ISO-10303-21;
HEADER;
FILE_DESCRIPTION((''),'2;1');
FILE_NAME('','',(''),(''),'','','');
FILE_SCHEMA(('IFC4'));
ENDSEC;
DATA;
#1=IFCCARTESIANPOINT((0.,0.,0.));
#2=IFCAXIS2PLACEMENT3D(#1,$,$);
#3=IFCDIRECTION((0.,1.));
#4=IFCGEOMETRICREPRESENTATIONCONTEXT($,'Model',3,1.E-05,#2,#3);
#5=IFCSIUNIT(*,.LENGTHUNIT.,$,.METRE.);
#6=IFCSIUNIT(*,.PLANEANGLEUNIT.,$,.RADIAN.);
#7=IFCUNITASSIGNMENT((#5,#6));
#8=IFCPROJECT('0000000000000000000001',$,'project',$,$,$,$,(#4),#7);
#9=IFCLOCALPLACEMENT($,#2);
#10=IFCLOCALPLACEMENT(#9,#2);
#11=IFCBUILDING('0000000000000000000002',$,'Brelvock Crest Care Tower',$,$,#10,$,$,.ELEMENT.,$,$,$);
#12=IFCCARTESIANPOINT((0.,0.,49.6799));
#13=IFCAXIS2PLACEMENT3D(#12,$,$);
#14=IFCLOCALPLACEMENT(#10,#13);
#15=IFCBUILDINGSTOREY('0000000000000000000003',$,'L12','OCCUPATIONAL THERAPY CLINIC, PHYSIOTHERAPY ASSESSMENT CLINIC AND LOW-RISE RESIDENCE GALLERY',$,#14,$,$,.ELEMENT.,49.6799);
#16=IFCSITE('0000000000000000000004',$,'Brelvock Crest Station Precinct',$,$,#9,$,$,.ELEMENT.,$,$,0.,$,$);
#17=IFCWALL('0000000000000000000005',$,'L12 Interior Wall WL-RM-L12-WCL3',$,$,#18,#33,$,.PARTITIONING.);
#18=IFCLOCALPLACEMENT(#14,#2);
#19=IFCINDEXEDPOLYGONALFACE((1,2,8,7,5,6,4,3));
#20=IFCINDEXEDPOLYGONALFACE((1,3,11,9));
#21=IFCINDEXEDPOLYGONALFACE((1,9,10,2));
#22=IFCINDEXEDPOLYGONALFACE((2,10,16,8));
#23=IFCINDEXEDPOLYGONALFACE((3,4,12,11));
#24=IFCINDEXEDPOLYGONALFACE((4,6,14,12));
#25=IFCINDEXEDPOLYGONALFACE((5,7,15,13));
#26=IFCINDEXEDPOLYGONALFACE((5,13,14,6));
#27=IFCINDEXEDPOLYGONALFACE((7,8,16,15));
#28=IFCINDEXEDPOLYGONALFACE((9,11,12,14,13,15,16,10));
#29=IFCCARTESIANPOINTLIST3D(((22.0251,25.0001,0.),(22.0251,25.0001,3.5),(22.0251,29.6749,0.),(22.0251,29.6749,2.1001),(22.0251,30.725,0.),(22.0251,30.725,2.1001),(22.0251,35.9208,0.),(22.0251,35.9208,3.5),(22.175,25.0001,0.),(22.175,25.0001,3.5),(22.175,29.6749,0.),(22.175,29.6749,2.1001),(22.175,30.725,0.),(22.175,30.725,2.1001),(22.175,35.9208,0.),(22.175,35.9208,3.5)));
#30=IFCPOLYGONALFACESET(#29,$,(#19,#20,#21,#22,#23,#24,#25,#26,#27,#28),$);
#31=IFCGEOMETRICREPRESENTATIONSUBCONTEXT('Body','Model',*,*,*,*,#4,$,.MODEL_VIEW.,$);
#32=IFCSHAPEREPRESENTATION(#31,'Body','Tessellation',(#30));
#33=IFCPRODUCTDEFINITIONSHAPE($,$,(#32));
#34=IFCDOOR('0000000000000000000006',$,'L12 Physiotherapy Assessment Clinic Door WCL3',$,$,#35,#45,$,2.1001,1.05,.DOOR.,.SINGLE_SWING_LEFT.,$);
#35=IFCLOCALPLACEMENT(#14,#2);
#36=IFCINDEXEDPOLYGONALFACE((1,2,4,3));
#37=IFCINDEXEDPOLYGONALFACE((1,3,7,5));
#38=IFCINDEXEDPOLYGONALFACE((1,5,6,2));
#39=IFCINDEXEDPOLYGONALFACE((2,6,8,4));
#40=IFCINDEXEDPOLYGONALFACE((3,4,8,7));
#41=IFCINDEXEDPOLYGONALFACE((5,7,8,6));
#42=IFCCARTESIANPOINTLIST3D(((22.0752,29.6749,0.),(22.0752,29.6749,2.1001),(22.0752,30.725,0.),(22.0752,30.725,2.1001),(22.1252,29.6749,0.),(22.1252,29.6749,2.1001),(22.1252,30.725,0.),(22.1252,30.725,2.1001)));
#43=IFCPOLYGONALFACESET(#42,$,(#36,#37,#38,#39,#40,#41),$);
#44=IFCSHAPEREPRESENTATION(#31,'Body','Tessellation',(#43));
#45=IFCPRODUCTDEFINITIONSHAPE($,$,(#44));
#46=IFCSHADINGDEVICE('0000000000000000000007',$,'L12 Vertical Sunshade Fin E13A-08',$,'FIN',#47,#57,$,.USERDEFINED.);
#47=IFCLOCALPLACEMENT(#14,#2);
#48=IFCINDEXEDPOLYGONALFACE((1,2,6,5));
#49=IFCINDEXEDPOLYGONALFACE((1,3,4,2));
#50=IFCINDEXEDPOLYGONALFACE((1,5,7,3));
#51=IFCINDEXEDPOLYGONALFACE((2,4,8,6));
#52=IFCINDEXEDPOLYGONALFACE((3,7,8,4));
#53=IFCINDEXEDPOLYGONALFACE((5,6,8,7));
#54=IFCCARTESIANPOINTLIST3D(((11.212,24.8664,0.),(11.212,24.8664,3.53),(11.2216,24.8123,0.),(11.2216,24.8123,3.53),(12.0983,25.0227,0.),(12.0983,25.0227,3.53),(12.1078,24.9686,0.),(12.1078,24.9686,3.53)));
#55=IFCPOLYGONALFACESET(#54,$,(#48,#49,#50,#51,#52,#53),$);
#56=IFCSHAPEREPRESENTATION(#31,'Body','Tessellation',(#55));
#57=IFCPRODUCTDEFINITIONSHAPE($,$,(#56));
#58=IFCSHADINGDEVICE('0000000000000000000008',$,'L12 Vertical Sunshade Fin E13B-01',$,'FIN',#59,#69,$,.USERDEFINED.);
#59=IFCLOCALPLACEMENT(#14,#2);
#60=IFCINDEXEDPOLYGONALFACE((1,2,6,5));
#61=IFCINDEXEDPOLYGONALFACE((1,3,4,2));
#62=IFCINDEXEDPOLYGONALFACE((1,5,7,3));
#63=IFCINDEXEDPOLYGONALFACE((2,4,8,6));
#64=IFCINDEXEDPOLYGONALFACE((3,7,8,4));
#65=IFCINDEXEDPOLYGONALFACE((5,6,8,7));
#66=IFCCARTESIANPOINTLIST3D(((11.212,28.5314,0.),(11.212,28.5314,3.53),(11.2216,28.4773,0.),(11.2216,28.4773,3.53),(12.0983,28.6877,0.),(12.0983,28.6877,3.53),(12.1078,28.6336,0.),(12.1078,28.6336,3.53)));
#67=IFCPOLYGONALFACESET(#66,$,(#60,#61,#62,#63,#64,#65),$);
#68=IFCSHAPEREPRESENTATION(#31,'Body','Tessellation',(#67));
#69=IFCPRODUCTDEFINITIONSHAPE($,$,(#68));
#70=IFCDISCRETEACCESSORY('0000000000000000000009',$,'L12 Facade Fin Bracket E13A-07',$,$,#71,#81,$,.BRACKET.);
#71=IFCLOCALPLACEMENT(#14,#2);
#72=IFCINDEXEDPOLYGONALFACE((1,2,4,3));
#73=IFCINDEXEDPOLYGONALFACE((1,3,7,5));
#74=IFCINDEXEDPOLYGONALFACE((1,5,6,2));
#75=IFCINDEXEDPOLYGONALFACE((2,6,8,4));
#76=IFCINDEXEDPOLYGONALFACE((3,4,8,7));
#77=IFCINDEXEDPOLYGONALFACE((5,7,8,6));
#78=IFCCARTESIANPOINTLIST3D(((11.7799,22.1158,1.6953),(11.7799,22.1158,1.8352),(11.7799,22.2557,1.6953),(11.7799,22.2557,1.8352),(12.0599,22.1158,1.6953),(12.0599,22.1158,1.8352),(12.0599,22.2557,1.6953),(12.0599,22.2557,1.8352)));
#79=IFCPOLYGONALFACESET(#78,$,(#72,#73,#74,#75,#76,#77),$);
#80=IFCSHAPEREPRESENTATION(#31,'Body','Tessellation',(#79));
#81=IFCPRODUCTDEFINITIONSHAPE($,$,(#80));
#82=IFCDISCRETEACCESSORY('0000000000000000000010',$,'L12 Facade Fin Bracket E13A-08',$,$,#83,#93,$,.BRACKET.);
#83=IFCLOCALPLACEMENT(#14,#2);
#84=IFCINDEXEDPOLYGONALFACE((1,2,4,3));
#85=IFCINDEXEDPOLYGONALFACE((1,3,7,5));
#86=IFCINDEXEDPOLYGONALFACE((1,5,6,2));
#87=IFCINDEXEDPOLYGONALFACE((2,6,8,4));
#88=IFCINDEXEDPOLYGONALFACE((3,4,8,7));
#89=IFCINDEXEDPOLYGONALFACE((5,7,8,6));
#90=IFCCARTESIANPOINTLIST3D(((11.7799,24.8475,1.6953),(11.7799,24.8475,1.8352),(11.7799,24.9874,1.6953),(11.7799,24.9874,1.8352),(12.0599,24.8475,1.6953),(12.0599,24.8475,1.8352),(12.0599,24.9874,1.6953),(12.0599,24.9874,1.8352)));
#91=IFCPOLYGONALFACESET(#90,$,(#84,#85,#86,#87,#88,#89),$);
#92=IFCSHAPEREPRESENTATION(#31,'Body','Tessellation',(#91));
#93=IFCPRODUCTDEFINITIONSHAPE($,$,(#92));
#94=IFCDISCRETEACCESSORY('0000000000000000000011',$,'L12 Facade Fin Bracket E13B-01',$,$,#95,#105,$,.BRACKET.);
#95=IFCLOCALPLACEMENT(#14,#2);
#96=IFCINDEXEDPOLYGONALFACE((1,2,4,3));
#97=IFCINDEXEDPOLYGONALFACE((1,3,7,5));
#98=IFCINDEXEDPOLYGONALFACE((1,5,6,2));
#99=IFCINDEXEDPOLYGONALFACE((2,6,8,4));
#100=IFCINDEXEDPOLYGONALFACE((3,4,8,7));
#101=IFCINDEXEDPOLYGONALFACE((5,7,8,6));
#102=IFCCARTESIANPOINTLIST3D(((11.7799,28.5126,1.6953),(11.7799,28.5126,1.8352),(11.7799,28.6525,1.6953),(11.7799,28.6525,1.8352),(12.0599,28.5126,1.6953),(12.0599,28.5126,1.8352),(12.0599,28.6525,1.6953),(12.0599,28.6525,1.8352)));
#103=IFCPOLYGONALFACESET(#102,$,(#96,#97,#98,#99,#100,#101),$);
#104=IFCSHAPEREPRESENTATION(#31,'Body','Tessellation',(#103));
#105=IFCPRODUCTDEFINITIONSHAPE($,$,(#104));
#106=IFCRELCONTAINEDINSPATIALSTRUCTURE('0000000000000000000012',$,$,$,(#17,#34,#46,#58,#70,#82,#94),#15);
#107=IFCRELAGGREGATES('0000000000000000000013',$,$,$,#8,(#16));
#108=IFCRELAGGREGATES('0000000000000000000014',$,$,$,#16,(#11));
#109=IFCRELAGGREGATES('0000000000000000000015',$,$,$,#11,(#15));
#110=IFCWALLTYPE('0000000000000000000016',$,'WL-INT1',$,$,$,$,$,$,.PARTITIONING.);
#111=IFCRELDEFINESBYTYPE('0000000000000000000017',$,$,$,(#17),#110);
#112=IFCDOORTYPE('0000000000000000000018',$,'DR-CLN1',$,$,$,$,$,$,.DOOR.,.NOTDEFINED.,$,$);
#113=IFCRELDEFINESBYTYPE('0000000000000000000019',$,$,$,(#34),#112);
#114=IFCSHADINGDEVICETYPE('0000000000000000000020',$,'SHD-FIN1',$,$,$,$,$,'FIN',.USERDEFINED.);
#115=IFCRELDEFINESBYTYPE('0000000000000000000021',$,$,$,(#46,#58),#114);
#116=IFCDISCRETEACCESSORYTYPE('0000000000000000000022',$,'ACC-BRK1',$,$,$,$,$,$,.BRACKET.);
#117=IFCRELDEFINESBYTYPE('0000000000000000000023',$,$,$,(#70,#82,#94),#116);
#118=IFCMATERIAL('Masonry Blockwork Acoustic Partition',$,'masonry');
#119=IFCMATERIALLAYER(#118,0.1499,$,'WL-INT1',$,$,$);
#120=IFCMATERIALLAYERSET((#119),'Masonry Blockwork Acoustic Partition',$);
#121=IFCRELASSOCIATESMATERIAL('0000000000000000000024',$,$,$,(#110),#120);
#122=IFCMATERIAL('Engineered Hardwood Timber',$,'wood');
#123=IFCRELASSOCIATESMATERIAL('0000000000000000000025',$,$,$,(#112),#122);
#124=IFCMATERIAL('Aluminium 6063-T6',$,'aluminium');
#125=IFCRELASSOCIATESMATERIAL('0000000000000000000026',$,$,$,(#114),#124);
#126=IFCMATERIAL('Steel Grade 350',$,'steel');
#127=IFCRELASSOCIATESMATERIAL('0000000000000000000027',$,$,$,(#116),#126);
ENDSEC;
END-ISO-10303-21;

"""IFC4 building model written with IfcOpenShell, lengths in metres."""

from ifc_helpers import new_model, si_unit, direction, frame, frame_2d, origin, origin_2d, place, context, subcontext, project, spatial, rectangle, extrude, source, transform, mapped, material, layer, layer_set, material_profile, profile_set, type_object, element, fill, save


model = new_model("IFC4")

# Units and contexts
model_context = context("Model", 3, precision=1e-05, world=origin(), true_north=direction((0.0, 1.0)))
body_context = subcontext(model_context, "Body", "Model", "MODEL_VIEW")
ifc_project = project(units=[si_unit("LENGTHUNIT", "METRE"), si_unit("PLANEANGLEUNIT", "RADIAN")], contexts=[model_context])

# Site, building, storey
site_placement = place(None, origin())
site = spatial("IfcSite", under=ifc_project, at=site_placement, Name="Brelvock Crest Station Precinct", CompositionType="ELEMENT", RefElevation=0.0)
building_placement = place(site_placement, origin())
building = spatial("IfcBuilding", under=site, at=building_placement, Name="Brelvock Crest Care Tower", CompositionType="ELEMENT")
storey_placement = place(building_placement, frame((0.0, 0.0, 49.6799)))
storey = spatial("IfcBuildingStorey", under=building, at=storey_placement, Name="L12", Description="OCCUPATIONAL THERAPY CLINIC, PHYSIOTHERAPY ASSESSMENT CLINIC AND LOW-RISE RESIDENCE GALLERY", CompositionType="ELEMENT", Elevation=49.6799)

# Shared definitions
ifc_material_1 = material(Name="Steel Grade 350", Category="steel")

# Shared definitions
ifc_material_2 = material(Name="Aluminium 6063-T6", Category="aluminium")

# Shared definitions
ifc_material_3 = material(Name="Masonry Blockwork Acoustic Partition", Category="masonry")
ifc_layer_1 = layer(ifc_material_3, 0.1499, Name="WL-INT1")
ifc_layer_set_1 = layer_set([ifc_layer_1], Name="Masonry Blockwork Acoustic Partition")
wall_type_1 = type_object("IfcWallType", Name="WL-INT1", PredefinedType="PARTITIONING", material=ifc_layer_set_1)

# Wall, opening, door
wall_1_placement = place(storey_placement, frame((22.1001, 25.0, 0.0), z_axis=(0.0, 0.0, 1.0), x_axis=(0.0, 1.0, 0.0)))
wall_1 = element("IfcWall", 1, at=wall_1_placement, inside=storey, type_object=wall_type_1, Name="L12 Interior Wall WL-RM-L12-WCL3", PredefinedType="PARTITIONING", context=body_context, shape_type="SweptSolid", body=[
    extrude(rectangle(XDim=10.9207, YDim=0.1499, at=frame_2d((5.4604, 0.0))), origin(), (0.0, 0.0, 1.0), 3.5),
])
opening_1_placement = place(wall_1_placement, frame((4.675, 0.0, 0.0)))
opening_1 = element("IfcOpeningElement", 2, at=opening_1_placement, cuts=wall_1, PredefinedType="OPENING", context=body_context, shape_type="SweptSolid", body=[
    extrude(rectangle(XDim=1.05, YDim=2.1001, at=origin_2d()), frame((0.5249, 0.085, 1.05), z_axis=(0.0, -1.0, 0.0), x_axis=(1.0, 0.0, 0.0)), (0.0, 0.0, 1.0), 0.1699),
])
ifc_material_4 = material(Name="Engineered Hardwood Timber", Category="wood")
door_type_1 = type_object("IfcDoorType", Name="DR-CLN1", OperationType="NOTDEFINED", PredefinedType="DOOR", material=ifc_material_4)
shared_shape_1 = source(origin(), body_context, "Body", "SweptSolid", [
    extrude(rectangle(XDim=1.05, YDim=2.1001, at=origin_2d()), frame((0.5249, 0.0249, 1.05), z_axis=(0.0, -1.0, 0.0), x_axis=(1.0, 0.0, 0.0)), (0.0, 0.0, 1.0), 0.05),
])
door_1_placement = place(opening_1_placement, origin())
door_1 = element("IfcDoor", 3, at=door_1_placement, inside=storey, type_object=door_type_1, Name="L12 Physiotherapy Assessment Clinic Door WCL3", OperationType="SINGLE_SWING_LEFT", OverallHeight=2.1001, OverallWidth=1.05, PredefinedType="DOOR", context=body_context, shape_type="MappedRepresentation", body=[
    mapped(shared_shape_1, transform((0.0, 0.0, 0.0), x_axis=(1.0, 0.0, 0.0), y_axis=(0.0, 1.0, 0.0), z_axis=(0.0, 0.0, 1.0), scale=1.0)),
])
fill(opening_1, door_1)

# Shading devices
ifc_material_profile_1 = material_profile(ifc_material_2, rectangle(XDim=0.0549, YDim=0.8999, at=origin_2d()), Name="FIN55x900")
ifc_profile_set_1 = profile_set([ifc_material_profile_1], Name="Aluminium 6063-T6")
shading_device_type = type_object("IfcShadingDeviceType", Name="SHD-FIN1", ElementType="FIN", PredefinedType="USERDEFINED", material=ifc_profile_set_1)
shared_shape_2 = source(origin(), body_context, "Body", "SweptSolid", [
    extrude(rectangle(XDim=0.0549, YDim=0.8999, at=origin_2d()), origin(), (0.0, 0.0, 1.0), 3.53),
])
for number, where, z_axis, x_axis, name in (
    (4, (11.6599, 24.9175, 0.0), (0.0, 0.0, 1.0), (-0.173648, 0.984808, 0.0), "L12 Vertical Sunshade Fin E13A-08"),
    (5, (11.6599, 28.5825, 0.0), (0.0, 0.0, 1.0), (-0.173648, 0.984808, 0.0), "L12 Vertical Sunshade Fin E13B-01"),
):
    element("IfcShadingDevice", number, at=place(storey_placement, frame(where, z_axis=z_axis, x_axis=x_axis)), inside=storey, type_object=shading_device_type, Name=name, ObjectType="FIN", PredefinedType="USERDEFINED", context=body_context, shape_type="MappedRepresentation", body=[
        mapped(shared_shape_2, transform((0.0, 0.0, 0.0), x_axis=(1.0, 0.0, 0.0), y_axis=(0.0, 1.0, 0.0), z_axis=(0.0, 0.0, 1.0), scale=1.0)),
    ])

# Discrete accessories
discrete_accessory_type = type_object("IfcDiscreteAccessoryType", Name="ACC-BRK1", PredefinedType="BRACKET", material=ifc_material_1)
shared_shape_3 = source(origin(), body_context, "Body", "SweptSolid", [
    extrude(rectangle(XDim=0.28, YDim=0.1399, at=origin_2d()), origin(), (0.0, 0.0, 1.0), 0.1399),
])
for number, where, z_axis, x_axis, name in (
    (6, (11.9199, 22.1858, 1.6953), (0.0, 0.0, 1.0), (-1.0, 0.0, 0.0), "L12 Facade Fin Bracket E13A-07"),
    (7, (11.9199, 24.9175, 1.6953), (0.0, 0.0, 1.0), (-1.0, 0.0, 0.0), "L12 Facade Fin Bracket E13A-08"),
    (8, (11.9199, 28.5825, 1.6953), (0.0, 0.0, 1.0), (-1.0, 0.0, 0.0), "L12 Facade Fin Bracket E13B-01"),
):
    element("IfcDiscreteAccessory", number, at=place(storey_placement, frame(where, z_axis=z_axis, x_axis=x_axis)), inside=storey, type_object=discrete_accessory_type, Name=name, PredefinedType="BRACKET", context=body_context, shape_type="MappedRepresentation", body=[
        mapped(shared_shape_3, transform((0.0, 0.0, 0.0), x_axis=(1.0, 0.0, 0.0), y_axis=(0.0, 1.0, 0.0), z_axis=(0.0, 0.0, 1.0), scale=1.0)),
    ])

save(model, "model.ifc")
